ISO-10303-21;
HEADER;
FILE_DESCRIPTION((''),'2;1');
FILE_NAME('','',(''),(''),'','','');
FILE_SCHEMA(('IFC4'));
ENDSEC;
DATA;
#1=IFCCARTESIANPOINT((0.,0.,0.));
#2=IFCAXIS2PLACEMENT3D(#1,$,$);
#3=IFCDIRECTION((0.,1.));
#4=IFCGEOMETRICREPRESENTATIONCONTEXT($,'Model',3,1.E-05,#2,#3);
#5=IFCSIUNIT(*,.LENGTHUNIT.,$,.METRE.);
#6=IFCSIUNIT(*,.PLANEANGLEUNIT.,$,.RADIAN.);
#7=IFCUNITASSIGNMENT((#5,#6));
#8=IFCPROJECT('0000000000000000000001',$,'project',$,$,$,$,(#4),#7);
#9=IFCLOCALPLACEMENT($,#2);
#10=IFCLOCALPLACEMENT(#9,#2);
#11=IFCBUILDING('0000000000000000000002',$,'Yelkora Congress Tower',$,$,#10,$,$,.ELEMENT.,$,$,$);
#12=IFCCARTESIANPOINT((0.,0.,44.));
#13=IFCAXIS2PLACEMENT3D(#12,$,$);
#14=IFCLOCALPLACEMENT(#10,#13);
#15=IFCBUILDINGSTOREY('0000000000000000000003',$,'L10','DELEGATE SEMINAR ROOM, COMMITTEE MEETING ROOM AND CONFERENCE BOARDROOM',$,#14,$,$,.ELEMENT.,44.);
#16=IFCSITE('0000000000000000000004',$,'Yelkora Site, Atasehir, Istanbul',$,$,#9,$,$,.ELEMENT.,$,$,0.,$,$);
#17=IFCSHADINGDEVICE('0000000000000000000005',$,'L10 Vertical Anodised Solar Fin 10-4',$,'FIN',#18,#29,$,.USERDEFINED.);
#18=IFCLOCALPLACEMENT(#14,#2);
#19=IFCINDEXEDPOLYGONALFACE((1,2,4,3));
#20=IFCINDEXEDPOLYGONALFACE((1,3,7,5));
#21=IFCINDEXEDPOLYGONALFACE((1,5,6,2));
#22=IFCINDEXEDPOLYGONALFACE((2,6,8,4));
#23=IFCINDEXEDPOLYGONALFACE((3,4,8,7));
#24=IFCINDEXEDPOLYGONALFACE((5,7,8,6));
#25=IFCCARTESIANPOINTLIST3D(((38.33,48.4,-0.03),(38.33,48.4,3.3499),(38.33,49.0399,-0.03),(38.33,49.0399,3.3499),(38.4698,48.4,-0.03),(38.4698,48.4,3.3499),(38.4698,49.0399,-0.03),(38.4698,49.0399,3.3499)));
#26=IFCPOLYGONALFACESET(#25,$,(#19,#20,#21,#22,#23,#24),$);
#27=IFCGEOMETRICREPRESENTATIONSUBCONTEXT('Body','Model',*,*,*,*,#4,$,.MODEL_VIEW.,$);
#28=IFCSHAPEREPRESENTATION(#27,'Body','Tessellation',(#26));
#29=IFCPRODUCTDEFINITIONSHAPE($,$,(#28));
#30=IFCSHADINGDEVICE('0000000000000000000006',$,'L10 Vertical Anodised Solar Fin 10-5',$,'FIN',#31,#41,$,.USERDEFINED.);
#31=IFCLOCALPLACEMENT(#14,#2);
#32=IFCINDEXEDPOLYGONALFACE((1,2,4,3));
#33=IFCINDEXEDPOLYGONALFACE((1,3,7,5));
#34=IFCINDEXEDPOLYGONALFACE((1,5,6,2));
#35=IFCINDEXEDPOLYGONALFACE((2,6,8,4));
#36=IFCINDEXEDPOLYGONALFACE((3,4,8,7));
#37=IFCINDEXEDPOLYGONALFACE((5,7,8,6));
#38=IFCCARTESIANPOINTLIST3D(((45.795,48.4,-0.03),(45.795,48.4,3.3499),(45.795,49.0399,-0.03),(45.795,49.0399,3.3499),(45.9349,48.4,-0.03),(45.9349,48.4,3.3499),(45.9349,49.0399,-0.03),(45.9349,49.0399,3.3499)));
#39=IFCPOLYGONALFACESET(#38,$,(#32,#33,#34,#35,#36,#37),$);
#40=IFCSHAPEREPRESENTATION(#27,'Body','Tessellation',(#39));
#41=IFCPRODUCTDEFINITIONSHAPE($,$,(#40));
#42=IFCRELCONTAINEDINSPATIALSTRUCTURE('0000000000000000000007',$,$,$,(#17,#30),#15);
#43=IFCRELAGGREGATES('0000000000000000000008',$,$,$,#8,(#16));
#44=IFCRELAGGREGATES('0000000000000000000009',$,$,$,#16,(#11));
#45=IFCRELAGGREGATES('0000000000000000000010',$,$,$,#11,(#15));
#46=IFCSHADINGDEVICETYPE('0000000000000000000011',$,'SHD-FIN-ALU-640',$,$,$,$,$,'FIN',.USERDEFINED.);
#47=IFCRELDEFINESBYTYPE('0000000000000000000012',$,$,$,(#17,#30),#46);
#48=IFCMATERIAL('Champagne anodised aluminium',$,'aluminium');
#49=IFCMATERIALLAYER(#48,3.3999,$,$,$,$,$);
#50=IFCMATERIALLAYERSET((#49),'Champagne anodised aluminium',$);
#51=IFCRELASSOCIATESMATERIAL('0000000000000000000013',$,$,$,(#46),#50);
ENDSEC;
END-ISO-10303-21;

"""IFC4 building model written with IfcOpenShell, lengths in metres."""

from ifc_helpers import new_model, si_unit, direction, frame, origin, origin_2d, place, context, subcontext, project, spatial, rectangle, extrude, material, layer, layer_set, type_object, element, save


model = new_model("IFC4")

# Units and contexts
model_context = context("Model", 3, precision=1e-05, world=origin(), true_north=direction((0.0, 1.0)))
body_context = subcontext(model_context, "Body", "Model", "MODEL_VIEW")
ifc_project = project(units=[si_unit("LENGTHUNIT", "METRE"), si_unit("PLANEANGLEUNIT", "RADIAN")], contexts=[model_context])

# Site, building, storey
site_placement = place(None, origin())
site = spatial("IfcSite", under=ifc_project, at=site_placement, Name="Yelkora Site, Atasehir, Istanbul", CompositionType="ELEMENT", RefElevation=0.0)
building_placement = place(site_placement, origin())
building = spatial("IfcBuilding", under=site, at=building_placement, Name="Yelkora Congress Tower", CompositionType="ELEMENT")
storey_placement = place(building_placement, frame((0.0, 0.0, 44.0)))
storey = spatial("IfcBuildingStorey", under=building, at=storey_placement, Name="L10", Description="DELEGATE SEMINAR ROOM, COMMITTEE MEETING ROOM AND CONFERENCE BOARDROOM", CompositionType="ELEMENT", Elevation=44.0)

# Shading devices
ifc_material_1 = material(Name="Champagne anodised aluminium", Category="aluminium")
ifc_layer_1 = layer(ifc_material_1, 3.3999)
ifc_layer_set_1 = layer_set([ifc_layer_1], Name="Champagne anodised aluminium")
shading_device_type = type_object("IfcShadingDeviceType", Name="SHD-FIN-ALU-640", ElementType="FIN", PredefinedType="USERDEFINED", material=ifc_layer_set_1)
for number, where, z_axis, x_axis, name in (
    (1, (38.3999, 48.72, -0.03), (0.0, 0.0, 1.0), (1.0, 0.0, 0.0), "L10 Vertical Anodised Solar Fin 10-4"),
    (2, (45.865, 48.72, -0.03), (0.0, 0.0, 1.0), (1.0, 0.0, 0.0), "L10 Vertical Anodised Solar Fin 10-5"),
):
    element("IfcShadingDevice", number, at=place(storey_placement, frame(where, z_axis=z_axis, x_axis=x_axis)), inside=storey, type_object=shading_device_type, Name=name, ObjectType="FIN", PredefinedType="USERDEFINED", context=body_context, shape_type="SweptSolid", body=[
        extrude(rectangle(XDim=0.1399, YDim=0.6399, at=origin_2d()), origin(), (0.0, 0.0, 1.0), 3.3799),
    ])

save(model, "model.ifc")
